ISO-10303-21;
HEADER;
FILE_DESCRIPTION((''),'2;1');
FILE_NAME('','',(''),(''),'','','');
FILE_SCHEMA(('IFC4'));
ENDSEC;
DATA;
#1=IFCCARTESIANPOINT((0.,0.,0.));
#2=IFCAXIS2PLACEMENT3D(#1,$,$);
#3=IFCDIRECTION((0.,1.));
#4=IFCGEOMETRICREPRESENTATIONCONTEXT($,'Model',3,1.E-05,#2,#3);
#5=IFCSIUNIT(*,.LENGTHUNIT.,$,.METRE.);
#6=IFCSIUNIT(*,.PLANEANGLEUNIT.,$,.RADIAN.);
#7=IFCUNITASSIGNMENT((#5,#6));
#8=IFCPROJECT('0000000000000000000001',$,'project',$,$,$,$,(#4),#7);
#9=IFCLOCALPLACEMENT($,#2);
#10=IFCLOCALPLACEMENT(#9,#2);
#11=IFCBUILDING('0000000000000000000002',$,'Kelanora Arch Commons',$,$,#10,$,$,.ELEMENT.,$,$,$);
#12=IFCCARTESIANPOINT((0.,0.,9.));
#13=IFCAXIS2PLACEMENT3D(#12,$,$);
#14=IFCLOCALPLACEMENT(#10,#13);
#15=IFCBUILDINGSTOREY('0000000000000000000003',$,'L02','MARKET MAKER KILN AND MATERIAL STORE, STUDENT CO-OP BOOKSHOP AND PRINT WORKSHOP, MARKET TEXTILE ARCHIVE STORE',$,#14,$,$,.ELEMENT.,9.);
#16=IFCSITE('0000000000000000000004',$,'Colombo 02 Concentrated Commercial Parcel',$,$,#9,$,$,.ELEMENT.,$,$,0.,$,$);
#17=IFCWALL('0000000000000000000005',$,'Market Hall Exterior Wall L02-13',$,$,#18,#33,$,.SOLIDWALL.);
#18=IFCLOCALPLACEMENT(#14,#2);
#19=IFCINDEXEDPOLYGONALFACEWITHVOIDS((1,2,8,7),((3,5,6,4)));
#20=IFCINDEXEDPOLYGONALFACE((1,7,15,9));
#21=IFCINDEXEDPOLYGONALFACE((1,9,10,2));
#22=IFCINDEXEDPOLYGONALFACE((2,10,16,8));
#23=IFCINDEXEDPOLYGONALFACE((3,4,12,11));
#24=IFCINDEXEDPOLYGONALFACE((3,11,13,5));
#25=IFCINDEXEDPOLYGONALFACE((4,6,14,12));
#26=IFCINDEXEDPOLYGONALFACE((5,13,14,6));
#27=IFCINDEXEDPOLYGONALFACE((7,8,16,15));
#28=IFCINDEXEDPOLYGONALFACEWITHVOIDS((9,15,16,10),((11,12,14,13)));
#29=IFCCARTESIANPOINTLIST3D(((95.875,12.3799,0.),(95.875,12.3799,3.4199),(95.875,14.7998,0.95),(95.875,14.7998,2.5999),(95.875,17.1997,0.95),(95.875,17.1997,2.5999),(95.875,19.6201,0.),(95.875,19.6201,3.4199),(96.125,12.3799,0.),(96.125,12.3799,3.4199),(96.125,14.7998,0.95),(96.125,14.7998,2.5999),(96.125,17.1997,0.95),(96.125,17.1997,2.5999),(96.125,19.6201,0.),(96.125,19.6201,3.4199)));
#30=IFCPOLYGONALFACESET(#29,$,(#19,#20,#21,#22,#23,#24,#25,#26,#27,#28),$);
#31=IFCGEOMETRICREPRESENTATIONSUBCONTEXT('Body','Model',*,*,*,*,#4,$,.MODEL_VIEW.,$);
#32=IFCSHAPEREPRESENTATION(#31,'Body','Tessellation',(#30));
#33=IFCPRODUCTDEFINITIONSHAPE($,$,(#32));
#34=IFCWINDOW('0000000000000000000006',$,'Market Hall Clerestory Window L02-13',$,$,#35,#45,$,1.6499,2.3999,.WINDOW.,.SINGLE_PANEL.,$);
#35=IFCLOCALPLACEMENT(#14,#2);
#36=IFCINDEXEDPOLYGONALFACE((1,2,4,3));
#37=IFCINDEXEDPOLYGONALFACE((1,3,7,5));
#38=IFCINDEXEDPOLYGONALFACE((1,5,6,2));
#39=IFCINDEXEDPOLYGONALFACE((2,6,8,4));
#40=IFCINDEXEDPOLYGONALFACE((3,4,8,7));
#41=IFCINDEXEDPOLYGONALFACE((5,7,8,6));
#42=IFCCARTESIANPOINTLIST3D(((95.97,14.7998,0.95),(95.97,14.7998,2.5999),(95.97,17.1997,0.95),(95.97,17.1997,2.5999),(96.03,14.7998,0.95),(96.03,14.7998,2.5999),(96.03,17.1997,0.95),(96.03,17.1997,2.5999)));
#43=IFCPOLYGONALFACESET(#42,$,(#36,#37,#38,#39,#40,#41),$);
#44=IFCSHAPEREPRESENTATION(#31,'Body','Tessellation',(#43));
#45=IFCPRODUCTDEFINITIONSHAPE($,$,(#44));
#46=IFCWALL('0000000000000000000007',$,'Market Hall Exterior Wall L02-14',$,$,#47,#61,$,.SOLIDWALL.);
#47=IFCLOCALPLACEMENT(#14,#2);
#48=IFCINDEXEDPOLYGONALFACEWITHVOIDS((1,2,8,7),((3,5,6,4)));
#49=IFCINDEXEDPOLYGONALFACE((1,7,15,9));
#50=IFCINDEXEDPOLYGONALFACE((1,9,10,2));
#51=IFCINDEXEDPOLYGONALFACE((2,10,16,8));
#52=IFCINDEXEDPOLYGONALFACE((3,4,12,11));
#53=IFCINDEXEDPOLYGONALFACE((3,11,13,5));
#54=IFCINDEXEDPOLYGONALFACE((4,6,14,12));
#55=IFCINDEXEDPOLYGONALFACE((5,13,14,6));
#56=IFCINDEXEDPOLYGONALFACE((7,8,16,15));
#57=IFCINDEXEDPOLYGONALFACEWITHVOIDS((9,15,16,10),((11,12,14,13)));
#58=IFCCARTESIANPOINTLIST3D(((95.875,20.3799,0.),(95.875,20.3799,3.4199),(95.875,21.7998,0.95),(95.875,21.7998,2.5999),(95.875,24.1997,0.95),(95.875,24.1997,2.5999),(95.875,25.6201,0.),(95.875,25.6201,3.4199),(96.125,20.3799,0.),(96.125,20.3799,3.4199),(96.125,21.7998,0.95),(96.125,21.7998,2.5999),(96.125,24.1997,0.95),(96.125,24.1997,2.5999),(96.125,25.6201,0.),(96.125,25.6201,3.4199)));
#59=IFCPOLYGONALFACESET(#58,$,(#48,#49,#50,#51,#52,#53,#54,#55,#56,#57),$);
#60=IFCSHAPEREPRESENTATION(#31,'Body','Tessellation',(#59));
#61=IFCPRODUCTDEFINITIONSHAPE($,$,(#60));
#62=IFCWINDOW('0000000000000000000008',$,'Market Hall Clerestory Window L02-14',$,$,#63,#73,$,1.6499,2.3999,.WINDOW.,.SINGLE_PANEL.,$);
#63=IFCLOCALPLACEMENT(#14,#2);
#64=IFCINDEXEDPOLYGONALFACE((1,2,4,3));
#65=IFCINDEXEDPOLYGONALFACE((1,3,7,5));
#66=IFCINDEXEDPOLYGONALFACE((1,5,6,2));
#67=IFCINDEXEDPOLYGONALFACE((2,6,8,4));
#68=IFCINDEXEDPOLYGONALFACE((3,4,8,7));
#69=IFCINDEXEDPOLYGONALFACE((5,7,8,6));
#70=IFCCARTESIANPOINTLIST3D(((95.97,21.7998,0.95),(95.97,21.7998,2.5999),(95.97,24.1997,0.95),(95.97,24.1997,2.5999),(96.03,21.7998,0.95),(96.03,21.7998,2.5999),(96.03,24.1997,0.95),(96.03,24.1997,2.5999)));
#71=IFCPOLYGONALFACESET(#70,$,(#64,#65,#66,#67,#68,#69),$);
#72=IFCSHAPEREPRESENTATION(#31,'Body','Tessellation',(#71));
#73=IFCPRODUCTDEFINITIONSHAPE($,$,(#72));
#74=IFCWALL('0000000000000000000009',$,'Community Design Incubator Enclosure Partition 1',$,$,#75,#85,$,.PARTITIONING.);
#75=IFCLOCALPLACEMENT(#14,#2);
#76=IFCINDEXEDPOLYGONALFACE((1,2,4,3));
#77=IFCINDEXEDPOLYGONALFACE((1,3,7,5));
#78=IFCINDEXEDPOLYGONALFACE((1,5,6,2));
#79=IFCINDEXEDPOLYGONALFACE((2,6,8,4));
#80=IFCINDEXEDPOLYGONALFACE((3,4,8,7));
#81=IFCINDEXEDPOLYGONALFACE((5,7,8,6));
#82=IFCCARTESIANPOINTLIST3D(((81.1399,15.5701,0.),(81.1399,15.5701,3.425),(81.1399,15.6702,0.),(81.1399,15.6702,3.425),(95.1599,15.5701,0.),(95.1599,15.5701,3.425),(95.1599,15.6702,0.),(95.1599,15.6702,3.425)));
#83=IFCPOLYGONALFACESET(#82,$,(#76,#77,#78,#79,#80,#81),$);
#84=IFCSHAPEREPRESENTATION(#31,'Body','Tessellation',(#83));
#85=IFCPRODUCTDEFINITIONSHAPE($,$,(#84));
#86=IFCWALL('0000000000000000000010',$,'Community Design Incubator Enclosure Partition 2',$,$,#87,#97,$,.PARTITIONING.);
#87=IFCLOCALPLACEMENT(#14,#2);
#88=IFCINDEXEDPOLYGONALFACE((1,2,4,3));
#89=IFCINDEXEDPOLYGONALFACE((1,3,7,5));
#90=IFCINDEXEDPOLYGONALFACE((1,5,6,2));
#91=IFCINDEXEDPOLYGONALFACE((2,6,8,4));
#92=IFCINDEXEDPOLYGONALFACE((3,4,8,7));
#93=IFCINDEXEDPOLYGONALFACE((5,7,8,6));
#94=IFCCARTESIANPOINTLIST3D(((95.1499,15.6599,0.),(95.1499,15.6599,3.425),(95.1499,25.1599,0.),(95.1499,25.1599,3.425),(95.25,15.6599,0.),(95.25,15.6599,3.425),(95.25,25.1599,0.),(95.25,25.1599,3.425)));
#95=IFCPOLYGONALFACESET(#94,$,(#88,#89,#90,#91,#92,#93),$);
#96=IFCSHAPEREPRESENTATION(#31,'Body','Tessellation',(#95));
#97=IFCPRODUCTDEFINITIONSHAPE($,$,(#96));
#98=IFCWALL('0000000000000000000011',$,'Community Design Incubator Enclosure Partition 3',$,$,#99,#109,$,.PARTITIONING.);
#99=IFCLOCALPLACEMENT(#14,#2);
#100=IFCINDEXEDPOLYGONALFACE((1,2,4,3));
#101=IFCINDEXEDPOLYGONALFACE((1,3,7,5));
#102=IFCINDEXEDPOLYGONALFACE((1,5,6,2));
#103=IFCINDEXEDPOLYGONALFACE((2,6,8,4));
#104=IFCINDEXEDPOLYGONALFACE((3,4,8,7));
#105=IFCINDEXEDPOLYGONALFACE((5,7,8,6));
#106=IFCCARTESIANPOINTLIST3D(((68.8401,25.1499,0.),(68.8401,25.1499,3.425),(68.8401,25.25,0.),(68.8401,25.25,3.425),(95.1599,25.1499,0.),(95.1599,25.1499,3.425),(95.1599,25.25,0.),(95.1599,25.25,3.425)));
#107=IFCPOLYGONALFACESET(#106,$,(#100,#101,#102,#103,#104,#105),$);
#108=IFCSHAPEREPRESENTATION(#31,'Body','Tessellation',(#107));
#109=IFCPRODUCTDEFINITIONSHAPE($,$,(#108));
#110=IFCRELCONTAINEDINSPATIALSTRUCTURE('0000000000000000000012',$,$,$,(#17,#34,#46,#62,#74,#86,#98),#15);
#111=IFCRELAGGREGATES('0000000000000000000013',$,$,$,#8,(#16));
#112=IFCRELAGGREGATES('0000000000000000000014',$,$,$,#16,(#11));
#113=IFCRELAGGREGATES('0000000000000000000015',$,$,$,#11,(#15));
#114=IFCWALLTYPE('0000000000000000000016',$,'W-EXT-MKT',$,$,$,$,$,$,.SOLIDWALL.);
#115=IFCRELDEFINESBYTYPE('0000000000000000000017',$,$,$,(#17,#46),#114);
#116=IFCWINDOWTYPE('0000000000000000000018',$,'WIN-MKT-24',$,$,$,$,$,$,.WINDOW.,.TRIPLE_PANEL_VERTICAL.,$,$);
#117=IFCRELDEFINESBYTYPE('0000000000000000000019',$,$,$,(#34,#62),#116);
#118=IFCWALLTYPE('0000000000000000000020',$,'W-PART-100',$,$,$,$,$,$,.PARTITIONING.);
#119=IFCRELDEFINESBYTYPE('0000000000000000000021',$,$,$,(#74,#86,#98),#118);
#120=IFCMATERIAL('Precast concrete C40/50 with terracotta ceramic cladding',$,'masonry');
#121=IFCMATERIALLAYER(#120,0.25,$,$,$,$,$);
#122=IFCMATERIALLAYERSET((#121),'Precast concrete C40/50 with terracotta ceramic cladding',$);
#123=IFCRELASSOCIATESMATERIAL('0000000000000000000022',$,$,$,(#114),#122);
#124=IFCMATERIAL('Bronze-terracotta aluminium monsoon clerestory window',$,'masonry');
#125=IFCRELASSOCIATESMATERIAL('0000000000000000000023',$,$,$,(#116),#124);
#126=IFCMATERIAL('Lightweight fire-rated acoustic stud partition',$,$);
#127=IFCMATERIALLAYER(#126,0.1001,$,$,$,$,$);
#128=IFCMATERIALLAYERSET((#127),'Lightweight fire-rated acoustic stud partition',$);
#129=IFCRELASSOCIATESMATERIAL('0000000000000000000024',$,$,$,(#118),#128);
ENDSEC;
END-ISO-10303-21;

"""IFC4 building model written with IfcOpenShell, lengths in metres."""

from ifc_helpers import new_model, si_unit, direction, frame, frame_2d, origin, place, context, subcontext, project, spatial, rectangle, extrude, material, layer, layer_set, type_object, element, fill, save


model = new_model("IFC4")

# Units and contexts
model_context = context("Model", 3, precision=1e-05, world=origin(), true_north=direction((0.0, 1.0)))
body_context = subcontext(model_context, "Body", "Model", "MODEL_VIEW")
ifc_project = project(units=[si_unit("LENGTHUNIT", "METRE"), si_unit("PLANEANGLEUNIT", "RADIAN")], contexts=[model_context])

# Site, building, storey
site_placement = place(None, origin())
site = spatial("IfcSite", under=ifc_project, at=site_placement, Name="Colombo 02 Concentrated Commercial Parcel", CompositionType="ELEMENT", RefElevation=0.0)
building_placement = place(site_placement, origin())
building = spatial("IfcBuilding", under=site, at=building_placement, Name="Kelanora Arch Commons", CompositionType="ELEMENT")
storey_placement = place(building_placement, frame((0.0, 0.0, 9.0)))
storey = spatial("IfcBuildingStorey", under=building, at=storey_placement, Name="L02", Description="MARKET MAKER KILN AND MATERIAL STORE, STUDENT CO-OP BOOKSHOP AND PRINT WORKSHOP, MARKET TEXTILE ARCHIVE STORE", CompositionType="ELEMENT", Elevation=9.0)

# Walls, openings, windows
ifc_material_1 = material(Name="Precast concrete C40/50 with terracotta ceramic cladding", Category="masonry")
ifc_layer_1 = layer(ifc_material_1, 0.25)
ifc_layer_set_1 = layer_set([ifc_layer_1], Name="Precast concrete C40/50 with terracotta ceramic cladding")
wall_type_1 = type_object("IfcWallType", Name="W-EXT-MKT", PredefinedType="SOLIDWALL", material=ifc_layer_set_1)
wall_1_placement = place(storey_placement, frame((96.0, 12.3799, 0.0), z_axis=(0.0, 0.0, 1.0), x_axis=(0.0, 1.0, 0.0)))
wall_1 = element("IfcWall", 1, at=wall_1_placement, inside=storey, type_object=wall_type_1, Name="Market Hall Exterior Wall L02-13", PredefinedType="SOLIDWALL", context=body_context, shape_type="SweptSolid", body=[
    extrude(rectangle(XDim=7.2402, YDim=0.25, at=frame_2d((3.6201, 0.0))), origin(), (0.0, 0.0, 1.0), 3.4199),
])
opening_1_placement = place(wall_1_placement, frame((2.4199, 0.0, 0.95)))
opening_1 = element("IfcOpeningElement", 2, at=opening_1_placement, cuts=wall_1, PredefinedType="OPENING", context=body_context, shape_type="SweptSolid", body=[
    extrude(rectangle(XDim=2.3999, YDim=1.6499, at=frame_2d((1.2, 0.825))), frame((0.0, 0.135, 0.0), z_axis=(0.0, -1.0, 0.0), x_axis=(1.0, 0.0, 0.0)), (0.0, 0.0, 1.0), 0.27),
])
ifc_material_2 = material(Name="Bronze-terracotta aluminium monsoon clerestory window", Category="masonry")
window_type = type_object("IfcWindowType", Name="WIN-MKT-24", PartitioningType="TRIPLE_PANEL_VERTICAL", PredefinedType="WINDOW", material=ifc_material_2)
window_1_placement = place(opening_1_placement, origin())
window_1 = element("IfcWindow", 3, at=window_1_placement, inside=storey, type_object=window_type, Name="Market Hall Clerestory Window L02-13", OverallHeight=1.6499, OverallWidth=2.3999, PartitioningType="SINGLE_PANEL", PredefinedType="WINDOW", context=body_context, shape_type="SweptSolid", body=[
    extrude(rectangle(XDim=2.3999, YDim=1.6499, at=frame_2d((1.2, 0.825))), frame((0.0, 0.03, 0.0), z_axis=(0.0, -1.0, 0.0), x_axis=(1.0, 0.0, 0.0)), (0.0, 0.0, 1.0), 0.0601),
])
fill(opening_1, window_1)
wall_2_placement = place(storey_placement, frame((96.0, 20.3799, 0.0), z_axis=(0.0, 0.0, 1.0), x_axis=(0.0, 1.0, 0.0)))
wall_2 = element("IfcWall", 4, at=wall_2_placement, inside=storey, type_object=wall_type_1, Name="Market Hall Exterior Wall L02-14", PredefinedType="SOLIDWALL", context=body_context, shape_type="SweptSolid", body=[
    extrude(rectangle(XDim=5.2402, YDim=0.25, at=frame_2d((2.6201, 0.0))), origin(), (0.0, 0.0, 1.0), 3.4199),
])
opening_2_placement = place(wall_2_placement, frame((1.4199, 0.0, 0.95)))
opening_2 = element("IfcOpeningElement", 5, at=opening_2_placement, cuts=wall_2, PredefinedType="OPENING", context=body_context, shape_type="SweptSolid", body=[
    extrude(rectangle(XDim=2.3999, YDim=1.6499, at=frame_2d((1.2, 0.825))), frame((0.0, 0.135, 0.0), z_axis=(0.0, -1.0, 0.0), x_axis=(1.0, 0.0, 0.0)), (0.0, 0.0, 1.0), 0.27),
])
window_2_placement = place(opening_2_placement, origin())
window_2 = element("IfcWindow", 6, at=window_2_placement, inside=storey, type_object=window_type, Name="Market Hall Clerestory Window L02-14", OverallHeight=1.6499, OverallWidth=2.3999, PartitioningType="SINGLE_PANEL", PredefinedType="WINDOW", context=body_context, shape_type="SweptSolid", body=[
    extrude(rectangle(XDim=2.3999, YDim=1.6499, at=frame_2d((1.2, 0.825))), frame((0.0, 0.03, 0.0), z_axis=(0.0, -1.0, 0.0), x_axis=(1.0, 0.0, 0.0)), (0.0, 0.0, 1.0), 0.0601),
])
fill(opening_2, window_2)

# Walls
ifc_material_3 = material(Name="Lightweight fire-rated acoustic stud partition")
ifc_layer_2 = layer(ifc_material_3, 0.1001)
ifc_layer_set_2 = layer_set([ifc_layer_2], Name="Lightweight fire-rated acoustic stud partition")
wall_type_2 = type_object("IfcWallType", Name="W-PART-100", PredefinedType="PARTITIONING", material=ifc_layer_set_2)
wall_3_placement = place(storey_placement, frame((81.1399, 15.6201, 0.0), z_axis=(0.0, 0.0, 1.0), x_axis=(1.0, 0.0, 0.0)))
element("IfcWall", 7, at=wall_3_placement, inside=storey, type_object=wall_type_2, Name="Community Design Incubator Enclosure Partition 1", PredefinedType="PARTITIONING", context=body_context, shape_type="SweptSolid", body=[
    extrude(rectangle(XDim=14.02, YDim=0.1001, at=frame_2d((7.01, 0.0))), origin(), (0.0, 0.0, 1.0), 3.425),
])
wall_4_placement = place(storey_placement, frame((95.2, 15.6599, 0.0), z_axis=(0.0, 0.0, 1.0), x_axis=(0.0, 1.0, 0.0)))
element("IfcWall", 8, at=wall_4_placement, inside=storey, type_object=wall_type_2, Name="Community Design Incubator Enclosure Partition 2", PredefinedType="PARTITIONING", context=body_context, shape_type="SweptSolid", body=[
    extrude(rectangle(XDim=9.5, YDim=0.1001, at=frame_2d((4.75, 0.0))), origin(), (0.0, 0.0, 1.0), 3.425),
])
wall_5_placement = place(storey_placement, frame((95.1599, 25.2, 0.0), z_axis=(0.0, 0.0, 1.0), x_axis=(-1.0, 0.0, 0.0)))
element("IfcWall", 9, at=wall_5_placement, inside=storey, type_object=wall_type_2, Name="Community Design Incubator Enclosure Partition 3", PredefinedType="PARTITIONING", context=body_context, shape_type="SweptSolid", body=[
    extrude(rectangle(XDim=26.3198, YDim=0.1001, at=frame_2d((13.1599, 0.0))), origin(), (0.0, 0.0, 1.0), 3.425),
])

save(model, "model.ifc")
